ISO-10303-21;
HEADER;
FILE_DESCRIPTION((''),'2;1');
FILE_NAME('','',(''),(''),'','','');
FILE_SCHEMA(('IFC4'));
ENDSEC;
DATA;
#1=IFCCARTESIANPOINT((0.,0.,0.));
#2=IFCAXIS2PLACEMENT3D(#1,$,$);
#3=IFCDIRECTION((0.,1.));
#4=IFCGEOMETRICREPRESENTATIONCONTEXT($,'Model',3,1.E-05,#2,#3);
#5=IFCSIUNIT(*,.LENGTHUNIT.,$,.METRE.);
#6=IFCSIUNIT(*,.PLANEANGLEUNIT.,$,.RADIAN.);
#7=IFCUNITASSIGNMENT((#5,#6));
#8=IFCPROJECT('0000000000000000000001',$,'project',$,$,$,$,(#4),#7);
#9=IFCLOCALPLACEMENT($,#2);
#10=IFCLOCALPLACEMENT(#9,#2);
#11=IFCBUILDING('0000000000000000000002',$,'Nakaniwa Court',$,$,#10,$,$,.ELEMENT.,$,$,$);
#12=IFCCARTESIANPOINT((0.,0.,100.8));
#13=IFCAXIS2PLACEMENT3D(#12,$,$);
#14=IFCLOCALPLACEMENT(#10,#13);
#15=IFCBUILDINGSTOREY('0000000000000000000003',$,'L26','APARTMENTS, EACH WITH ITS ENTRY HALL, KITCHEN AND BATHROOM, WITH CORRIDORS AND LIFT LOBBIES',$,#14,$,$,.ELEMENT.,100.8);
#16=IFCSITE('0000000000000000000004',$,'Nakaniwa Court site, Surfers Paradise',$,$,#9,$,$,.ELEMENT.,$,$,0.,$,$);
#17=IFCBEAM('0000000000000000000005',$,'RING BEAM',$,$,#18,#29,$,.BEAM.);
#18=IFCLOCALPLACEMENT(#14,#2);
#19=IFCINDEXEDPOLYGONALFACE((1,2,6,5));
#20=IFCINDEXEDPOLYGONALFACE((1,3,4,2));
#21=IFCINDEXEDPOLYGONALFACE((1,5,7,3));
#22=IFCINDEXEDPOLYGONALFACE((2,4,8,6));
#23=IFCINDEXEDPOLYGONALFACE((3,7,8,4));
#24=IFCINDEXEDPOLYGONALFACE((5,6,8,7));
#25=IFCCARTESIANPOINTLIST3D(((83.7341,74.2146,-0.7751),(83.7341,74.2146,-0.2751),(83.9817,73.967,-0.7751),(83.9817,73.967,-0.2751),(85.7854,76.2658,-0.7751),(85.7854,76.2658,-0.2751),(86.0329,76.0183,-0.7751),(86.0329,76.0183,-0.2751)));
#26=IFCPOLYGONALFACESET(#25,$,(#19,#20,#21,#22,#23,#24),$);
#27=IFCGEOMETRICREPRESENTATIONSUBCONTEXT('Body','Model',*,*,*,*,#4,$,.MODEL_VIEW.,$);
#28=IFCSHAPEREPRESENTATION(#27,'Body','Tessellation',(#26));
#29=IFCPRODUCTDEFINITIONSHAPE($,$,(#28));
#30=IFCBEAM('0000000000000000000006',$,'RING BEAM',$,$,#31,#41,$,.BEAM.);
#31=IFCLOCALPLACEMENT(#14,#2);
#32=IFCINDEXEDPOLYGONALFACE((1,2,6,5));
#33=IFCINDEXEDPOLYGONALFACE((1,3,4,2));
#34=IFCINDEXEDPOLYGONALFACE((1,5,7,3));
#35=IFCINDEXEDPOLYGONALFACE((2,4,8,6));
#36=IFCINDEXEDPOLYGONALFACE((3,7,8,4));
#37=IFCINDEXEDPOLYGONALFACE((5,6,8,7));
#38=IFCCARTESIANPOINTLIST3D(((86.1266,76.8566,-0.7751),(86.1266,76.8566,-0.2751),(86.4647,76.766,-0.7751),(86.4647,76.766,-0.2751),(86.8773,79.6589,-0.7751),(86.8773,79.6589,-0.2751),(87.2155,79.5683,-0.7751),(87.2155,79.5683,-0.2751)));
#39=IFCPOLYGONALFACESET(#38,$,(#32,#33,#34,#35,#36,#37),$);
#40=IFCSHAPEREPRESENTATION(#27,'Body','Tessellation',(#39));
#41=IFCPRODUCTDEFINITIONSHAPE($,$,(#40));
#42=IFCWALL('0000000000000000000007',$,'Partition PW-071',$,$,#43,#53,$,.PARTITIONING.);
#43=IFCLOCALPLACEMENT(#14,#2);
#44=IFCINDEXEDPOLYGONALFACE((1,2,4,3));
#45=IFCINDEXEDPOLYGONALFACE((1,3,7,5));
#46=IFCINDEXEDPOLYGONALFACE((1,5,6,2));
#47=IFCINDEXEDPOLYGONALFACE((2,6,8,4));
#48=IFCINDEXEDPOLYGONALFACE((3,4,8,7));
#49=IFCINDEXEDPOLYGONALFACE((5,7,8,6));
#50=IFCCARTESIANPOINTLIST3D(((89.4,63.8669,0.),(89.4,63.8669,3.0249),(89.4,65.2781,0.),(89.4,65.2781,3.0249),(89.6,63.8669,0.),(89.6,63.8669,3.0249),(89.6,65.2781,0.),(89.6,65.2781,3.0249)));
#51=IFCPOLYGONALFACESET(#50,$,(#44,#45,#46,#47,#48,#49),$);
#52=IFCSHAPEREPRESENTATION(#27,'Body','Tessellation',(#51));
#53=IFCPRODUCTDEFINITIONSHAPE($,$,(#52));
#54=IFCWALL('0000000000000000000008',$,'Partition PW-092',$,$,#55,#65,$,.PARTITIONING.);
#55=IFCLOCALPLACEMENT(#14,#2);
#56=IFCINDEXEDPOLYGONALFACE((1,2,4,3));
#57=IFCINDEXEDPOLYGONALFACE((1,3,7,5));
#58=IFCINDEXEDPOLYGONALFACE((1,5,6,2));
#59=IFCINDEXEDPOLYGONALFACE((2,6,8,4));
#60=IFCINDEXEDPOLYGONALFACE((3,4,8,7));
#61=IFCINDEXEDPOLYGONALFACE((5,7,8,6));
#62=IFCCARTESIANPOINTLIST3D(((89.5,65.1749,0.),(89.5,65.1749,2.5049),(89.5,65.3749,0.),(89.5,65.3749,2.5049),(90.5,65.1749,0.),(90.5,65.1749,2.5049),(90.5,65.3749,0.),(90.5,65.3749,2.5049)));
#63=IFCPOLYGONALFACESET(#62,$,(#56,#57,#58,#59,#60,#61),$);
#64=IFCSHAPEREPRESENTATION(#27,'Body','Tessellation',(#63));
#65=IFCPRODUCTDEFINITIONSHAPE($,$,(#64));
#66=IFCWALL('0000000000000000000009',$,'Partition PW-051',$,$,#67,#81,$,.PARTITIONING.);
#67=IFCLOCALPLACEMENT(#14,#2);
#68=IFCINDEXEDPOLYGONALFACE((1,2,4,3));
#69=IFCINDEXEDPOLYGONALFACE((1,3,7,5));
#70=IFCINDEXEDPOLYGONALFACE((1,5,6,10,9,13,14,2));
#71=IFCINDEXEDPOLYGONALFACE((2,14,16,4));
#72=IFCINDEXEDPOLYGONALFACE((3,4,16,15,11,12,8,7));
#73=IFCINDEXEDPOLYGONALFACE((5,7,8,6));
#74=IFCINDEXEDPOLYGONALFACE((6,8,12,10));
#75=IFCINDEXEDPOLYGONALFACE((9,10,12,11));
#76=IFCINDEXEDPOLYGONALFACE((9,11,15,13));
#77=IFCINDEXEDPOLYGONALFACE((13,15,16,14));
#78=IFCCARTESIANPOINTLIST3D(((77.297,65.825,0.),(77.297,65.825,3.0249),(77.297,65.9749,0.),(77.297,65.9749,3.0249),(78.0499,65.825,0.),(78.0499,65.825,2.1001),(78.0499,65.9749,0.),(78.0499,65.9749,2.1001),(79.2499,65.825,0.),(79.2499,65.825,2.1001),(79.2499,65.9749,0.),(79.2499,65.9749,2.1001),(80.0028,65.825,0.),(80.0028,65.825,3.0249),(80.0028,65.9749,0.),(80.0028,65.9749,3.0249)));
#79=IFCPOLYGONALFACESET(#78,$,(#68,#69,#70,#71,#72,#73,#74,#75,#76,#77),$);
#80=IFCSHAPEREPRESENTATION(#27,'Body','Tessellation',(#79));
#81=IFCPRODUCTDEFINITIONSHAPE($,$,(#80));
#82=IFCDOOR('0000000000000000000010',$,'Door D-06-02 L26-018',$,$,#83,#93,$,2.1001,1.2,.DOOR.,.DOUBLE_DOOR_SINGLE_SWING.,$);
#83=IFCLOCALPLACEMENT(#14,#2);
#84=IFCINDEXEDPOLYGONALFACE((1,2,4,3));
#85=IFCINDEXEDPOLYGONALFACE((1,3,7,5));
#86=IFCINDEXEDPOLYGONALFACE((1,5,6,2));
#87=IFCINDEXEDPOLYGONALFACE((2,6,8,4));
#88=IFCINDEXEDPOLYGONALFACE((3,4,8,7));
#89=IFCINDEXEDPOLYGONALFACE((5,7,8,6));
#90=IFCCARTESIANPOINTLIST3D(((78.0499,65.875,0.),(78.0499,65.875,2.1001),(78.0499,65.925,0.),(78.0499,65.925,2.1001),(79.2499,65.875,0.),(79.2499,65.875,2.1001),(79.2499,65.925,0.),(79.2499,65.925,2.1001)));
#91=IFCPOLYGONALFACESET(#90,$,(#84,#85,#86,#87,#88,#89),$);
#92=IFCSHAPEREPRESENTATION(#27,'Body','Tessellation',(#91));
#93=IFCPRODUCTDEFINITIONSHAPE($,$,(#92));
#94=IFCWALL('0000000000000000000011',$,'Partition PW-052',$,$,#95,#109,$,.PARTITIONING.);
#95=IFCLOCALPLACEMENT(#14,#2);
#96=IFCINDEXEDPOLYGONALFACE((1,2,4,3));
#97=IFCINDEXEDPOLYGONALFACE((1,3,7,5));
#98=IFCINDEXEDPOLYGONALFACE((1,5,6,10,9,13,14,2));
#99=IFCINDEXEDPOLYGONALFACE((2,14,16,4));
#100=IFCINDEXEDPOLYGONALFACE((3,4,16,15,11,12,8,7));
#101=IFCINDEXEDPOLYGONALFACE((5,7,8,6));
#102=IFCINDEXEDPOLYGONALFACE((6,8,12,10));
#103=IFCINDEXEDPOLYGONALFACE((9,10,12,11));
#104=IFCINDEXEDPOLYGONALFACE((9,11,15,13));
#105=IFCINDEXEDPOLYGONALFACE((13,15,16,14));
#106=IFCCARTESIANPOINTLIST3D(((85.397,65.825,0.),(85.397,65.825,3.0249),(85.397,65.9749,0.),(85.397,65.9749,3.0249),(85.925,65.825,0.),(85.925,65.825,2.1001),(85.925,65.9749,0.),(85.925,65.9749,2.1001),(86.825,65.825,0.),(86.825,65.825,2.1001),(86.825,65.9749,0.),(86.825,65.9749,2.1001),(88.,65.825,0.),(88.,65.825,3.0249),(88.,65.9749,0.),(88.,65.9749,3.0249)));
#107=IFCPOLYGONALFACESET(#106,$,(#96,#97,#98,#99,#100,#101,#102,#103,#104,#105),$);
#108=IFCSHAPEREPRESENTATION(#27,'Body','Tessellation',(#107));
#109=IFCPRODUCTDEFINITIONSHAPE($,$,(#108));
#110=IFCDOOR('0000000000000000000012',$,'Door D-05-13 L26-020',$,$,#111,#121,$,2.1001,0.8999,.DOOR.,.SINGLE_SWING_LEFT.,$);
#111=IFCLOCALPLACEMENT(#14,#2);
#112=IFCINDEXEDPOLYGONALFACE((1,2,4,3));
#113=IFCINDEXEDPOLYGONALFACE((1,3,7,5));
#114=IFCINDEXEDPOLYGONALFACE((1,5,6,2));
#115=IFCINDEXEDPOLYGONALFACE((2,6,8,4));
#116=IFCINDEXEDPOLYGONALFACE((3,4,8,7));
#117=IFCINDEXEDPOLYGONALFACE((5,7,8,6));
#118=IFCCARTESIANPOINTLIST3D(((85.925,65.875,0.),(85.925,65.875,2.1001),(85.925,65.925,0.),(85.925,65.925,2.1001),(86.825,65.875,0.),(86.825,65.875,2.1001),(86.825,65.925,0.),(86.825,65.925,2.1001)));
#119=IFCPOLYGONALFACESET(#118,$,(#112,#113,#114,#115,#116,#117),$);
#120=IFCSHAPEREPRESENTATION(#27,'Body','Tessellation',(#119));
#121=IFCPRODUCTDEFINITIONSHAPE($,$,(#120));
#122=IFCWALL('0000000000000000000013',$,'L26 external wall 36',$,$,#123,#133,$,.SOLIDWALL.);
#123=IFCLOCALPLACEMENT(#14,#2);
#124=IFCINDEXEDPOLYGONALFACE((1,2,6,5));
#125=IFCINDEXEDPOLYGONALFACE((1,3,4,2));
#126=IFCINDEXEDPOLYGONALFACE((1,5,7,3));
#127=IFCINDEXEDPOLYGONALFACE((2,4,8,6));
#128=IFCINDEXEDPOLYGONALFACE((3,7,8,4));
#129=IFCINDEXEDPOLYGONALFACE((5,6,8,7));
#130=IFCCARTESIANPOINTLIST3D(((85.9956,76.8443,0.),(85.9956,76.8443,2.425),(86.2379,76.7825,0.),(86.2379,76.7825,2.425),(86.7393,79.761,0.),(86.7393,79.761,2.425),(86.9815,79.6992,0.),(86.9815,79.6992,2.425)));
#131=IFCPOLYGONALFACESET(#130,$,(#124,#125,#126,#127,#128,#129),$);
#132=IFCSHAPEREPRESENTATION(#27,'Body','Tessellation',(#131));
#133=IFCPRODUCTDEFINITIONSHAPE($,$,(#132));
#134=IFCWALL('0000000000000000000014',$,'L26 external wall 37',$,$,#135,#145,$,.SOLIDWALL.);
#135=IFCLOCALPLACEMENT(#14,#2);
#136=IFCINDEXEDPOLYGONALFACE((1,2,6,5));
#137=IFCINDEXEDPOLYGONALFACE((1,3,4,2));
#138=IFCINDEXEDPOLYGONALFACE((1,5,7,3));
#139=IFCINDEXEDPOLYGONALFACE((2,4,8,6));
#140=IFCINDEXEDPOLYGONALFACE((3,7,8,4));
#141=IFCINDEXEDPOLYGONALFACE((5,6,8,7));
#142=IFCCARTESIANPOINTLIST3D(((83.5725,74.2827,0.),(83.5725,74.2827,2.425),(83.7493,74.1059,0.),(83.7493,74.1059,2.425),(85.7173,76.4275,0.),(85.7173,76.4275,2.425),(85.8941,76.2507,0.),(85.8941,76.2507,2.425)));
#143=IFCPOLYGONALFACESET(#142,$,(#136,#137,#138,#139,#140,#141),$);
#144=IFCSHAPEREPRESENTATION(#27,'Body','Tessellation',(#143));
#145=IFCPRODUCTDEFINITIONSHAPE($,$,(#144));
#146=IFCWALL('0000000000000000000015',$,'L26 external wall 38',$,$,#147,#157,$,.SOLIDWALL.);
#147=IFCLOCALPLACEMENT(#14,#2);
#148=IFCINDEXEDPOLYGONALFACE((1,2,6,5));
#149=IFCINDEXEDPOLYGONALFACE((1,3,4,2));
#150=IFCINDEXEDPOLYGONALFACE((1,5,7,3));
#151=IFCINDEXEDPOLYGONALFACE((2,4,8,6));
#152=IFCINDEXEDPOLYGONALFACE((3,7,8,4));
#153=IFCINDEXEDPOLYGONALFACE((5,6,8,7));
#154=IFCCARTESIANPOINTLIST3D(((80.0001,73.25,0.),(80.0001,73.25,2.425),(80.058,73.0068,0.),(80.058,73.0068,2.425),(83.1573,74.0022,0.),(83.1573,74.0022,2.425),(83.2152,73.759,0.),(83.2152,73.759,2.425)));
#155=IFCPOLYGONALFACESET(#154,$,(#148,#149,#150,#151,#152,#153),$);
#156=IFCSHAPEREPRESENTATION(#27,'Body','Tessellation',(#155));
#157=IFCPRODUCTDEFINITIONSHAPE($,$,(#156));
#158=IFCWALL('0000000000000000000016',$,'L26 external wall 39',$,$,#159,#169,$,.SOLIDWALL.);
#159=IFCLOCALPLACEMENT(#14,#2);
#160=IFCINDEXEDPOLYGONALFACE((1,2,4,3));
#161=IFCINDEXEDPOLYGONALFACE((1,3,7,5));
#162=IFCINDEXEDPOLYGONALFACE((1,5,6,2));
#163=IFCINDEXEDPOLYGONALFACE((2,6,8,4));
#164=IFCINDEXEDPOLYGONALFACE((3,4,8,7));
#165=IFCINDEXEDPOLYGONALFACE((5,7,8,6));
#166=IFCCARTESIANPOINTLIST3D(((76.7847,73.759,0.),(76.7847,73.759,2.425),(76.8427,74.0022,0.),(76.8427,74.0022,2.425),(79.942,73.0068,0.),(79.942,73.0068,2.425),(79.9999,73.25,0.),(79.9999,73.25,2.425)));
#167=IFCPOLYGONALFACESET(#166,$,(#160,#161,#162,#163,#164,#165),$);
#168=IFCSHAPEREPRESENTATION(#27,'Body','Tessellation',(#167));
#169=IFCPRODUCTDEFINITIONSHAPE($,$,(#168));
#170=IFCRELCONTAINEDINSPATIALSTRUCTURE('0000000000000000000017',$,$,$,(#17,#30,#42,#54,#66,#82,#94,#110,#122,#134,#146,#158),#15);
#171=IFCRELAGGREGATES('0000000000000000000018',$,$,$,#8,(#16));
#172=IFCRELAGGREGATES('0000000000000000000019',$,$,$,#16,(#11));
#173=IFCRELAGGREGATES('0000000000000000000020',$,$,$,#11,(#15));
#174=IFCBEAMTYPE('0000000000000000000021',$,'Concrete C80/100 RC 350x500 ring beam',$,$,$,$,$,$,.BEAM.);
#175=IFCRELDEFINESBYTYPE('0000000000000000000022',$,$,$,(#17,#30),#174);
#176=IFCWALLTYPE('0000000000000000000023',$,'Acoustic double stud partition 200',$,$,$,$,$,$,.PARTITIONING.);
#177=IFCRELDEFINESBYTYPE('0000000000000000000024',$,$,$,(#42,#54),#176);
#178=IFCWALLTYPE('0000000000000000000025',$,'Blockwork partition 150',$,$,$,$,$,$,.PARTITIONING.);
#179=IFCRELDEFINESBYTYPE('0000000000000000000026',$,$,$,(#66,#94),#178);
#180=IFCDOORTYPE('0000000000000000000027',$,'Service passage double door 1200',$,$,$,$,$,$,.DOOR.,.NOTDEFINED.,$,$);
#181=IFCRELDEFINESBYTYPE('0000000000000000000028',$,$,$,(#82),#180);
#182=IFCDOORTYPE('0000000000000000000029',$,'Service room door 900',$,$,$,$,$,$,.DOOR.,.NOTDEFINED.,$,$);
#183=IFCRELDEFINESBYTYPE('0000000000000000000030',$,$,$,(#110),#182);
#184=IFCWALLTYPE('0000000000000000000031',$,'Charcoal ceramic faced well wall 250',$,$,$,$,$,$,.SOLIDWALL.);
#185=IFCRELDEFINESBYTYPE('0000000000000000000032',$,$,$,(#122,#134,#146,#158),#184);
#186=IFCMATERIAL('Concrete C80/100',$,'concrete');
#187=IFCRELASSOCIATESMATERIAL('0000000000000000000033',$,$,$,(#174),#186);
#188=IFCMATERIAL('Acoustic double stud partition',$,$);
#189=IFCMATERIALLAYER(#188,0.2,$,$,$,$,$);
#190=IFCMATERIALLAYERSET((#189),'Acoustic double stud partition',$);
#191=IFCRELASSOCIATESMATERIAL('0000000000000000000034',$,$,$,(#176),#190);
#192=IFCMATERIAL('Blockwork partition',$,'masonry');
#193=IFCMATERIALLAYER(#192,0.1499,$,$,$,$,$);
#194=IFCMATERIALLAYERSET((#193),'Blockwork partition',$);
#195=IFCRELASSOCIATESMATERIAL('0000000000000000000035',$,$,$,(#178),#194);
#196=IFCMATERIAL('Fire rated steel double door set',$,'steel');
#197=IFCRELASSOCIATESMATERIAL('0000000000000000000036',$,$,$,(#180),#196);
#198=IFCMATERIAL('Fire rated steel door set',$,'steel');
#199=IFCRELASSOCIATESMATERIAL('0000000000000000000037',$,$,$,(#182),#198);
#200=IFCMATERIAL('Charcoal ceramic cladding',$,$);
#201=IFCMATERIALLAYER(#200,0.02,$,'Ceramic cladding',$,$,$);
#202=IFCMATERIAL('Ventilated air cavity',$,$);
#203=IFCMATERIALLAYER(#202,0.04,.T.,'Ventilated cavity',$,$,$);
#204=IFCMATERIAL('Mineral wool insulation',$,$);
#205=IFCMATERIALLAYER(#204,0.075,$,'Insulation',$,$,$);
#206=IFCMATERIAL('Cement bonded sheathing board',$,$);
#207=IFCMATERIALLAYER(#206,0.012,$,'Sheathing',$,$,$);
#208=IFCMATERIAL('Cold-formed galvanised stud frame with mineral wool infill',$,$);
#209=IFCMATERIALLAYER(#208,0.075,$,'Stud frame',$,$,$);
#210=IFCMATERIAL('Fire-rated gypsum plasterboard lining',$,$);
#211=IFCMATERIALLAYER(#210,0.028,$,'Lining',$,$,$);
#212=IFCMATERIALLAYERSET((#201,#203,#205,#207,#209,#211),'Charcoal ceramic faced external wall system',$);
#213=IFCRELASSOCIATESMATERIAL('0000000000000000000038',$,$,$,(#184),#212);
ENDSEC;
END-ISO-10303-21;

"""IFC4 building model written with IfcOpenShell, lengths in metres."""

from ifc_helpers import new_model, si_unit, direction, frame, frame_2d, origin, origin_2d, place, context, subcontext, project, spatial, rectangle, extrude, material, layer, layer_set, material_profile, profile_set, type_object, element, fill, save


model = new_model("IFC4")

# Units and contexts
model_context = context("Model", 3, precision=1e-05, world=origin(), true_north=direction((0.0, 1.0)))
body_context = subcontext(model_context, "Body", "Model", "MODEL_VIEW")
ifc_project = project(units=[si_unit("LENGTHUNIT", "METRE"), si_unit("PLANEANGLEUNIT", "RADIAN")], contexts=[model_context])

# Site, building, storey
site_placement = place(None, origin())
site = spatial("IfcSite", under=ifc_project, at=site_placement, Name="Nakaniwa Court site, Surfers Paradise", CompositionType="ELEMENT", RefElevation=0.0)
building_placement = place(site_placement, origin())
building = spatial("IfcBuilding", under=site, at=building_placement, Name="Nakaniwa Court", CompositionType="ELEMENT")
storey_placement = place(building_placement, frame((0.0, 0.0, 100.8)))
storey = spatial("IfcBuildingStorey", under=building, at=storey_placement, Name="L26", Description="APARTMENTS, EACH WITH ITS ENTRY HALL, KITCHEN AND BATHROOM, WITH CORRIDORS AND LIFT LOBBIES", CompositionType="ELEMENT", Elevation=100.8)

# Shared definitions
ifc_material_1 = material(Name="Concrete C80/100", Category="concrete")

# Beams
ifc_material_profile_1 = material_profile(ifc_material_1, rectangle(XDim=0.3501, YDim=0.5, at=origin_2d()), Name="Concrete C80/100 RC 350x500 ring beam")
ifc_profile_set_1 = profile_set([ifc_material_profile_1], Name="Concrete C80/100")
beam_type = type_object("IfcBeamType", Name="Concrete C80/100 RC 350x500 ring beam", PredefinedType="BEAM", material=ifc_profile_set_1)
beam_1_placement = place(storey_placement, frame((83.8579, 74.0908, -0.5251), z_axis=(0.707107, 0.707107, 0.0), x_axis=(-0.707107, 0.707107, 0.0)))
element("IfcBeam", 1, at=beam_1_placement, inside=storey, type_object=beam_type, Name="RING BEAM", PredefinedType="BEAM", context=body_context, shape_type="SweptSolid", body=[
    extrude(rectangle(XDim=0.3501, YDim=0.5, at=origin_2d()), origin(), (0.0, 0.0, 1.0), 2.9009),
])
beam_2_placement = place(storey_placement, frame((86.2957, 76.8113, -0.5251), z_axis=(0.258778, 0.965937, 0.0), x_axis=(-0.965937, 0.258778, 0.0)))
element("IfcBeam", 2, at=beam_2_placement, inside=storey, type_object=beam_type, Name="RING BEAM", PredefinedType="BEAM", context=body_context, shape_type="SweptSolid", body=[
    extrude(rectangle(XDim=0.3501, YDim=0.5, at=origin_2d()), origin(), (0.0, 0.0, 1.0), 2.9011),
])

# Walls
ifc_material_2 = material(Name="Acoustic double stud partition")
ifc_layer_1 = layer(ifc_material_2, 0.2)
ifc_layer_set_1 = layer_set([ifc_layer_1], Name="Acoustic double stud partition")
wall_type_1 = type_object("IfcWallType", Name="Acoustic double stud partition 200", PredefinedType="PARTITIONING", material=ifc_layer_set_1)
wall_1_placement = place(storey_placement, frame((89.5, 63.8669, 0.0), z_axis=(0.0, 0.0, 1.0), x_axis=(0.0, 1.0, 0.0)))
element("IfcWall", 3, at=wall_1_placement, inside=storey, type_object=wall_type_1, Name="Partition PW-071", PredefinedType="PARTITIONING", context=body_context, shape_type="SweptSolid", body=[
    extrude(rectangle(XDim=1.4111, YDim=0.2, at=frame_2d((0.7056, 0.0))), origin(), (0.0, 0.0, 1.0), 3.0249),
])
wall_2_placement = place(storey_placement, frame((89.5, 65.2749, 0.0), z_axis=(0.0, 0.0, 1.0), x_axis=(1.0, 0.0, 0.0)))
element("IfcWall", 4, at=wall_2_placement, inside=storey, type_object=wall_type_1, Name="Partition PW-092", PredefinedType="PARTITIONING", context=body_context, shape_type="SweptSolid", body=[
    extrude(rectangle(XDim=1.0, YDim=0.2, at=frame_2d((0.5, 0.0))), origin(), (0.0, 0.0, 1.0), 2.5049),
])

# Walls, openings, doors
ifc_material_3 = material(Name="Blockwork partition", Category="masonry")
ifc_layer_2 = layer(ifc_material_3, 0.1499)
ifc_layer_set_2 = layer_set([ifc_layer_2], Name="Blockwork partition")
wall_type_2 = type_object("IfcWallType", Name="Blockwork partition 150", PredefinedType="PARTITIONING", material=ifc_layer_set_2)
wall_3_placement = place(storey_placement, frame((80.0029, 65.8999, 0.0), z_axis=(0.0, 0.0, 1.0), x_axis=(-1.0, 0.0, 0.0)))
wall_3 = element("IfcWall", 5, at=wall_3_placement, inside=storey, type_object=wall_type_2, Name="Partition PW-051", PredefinedType="PARTITIONING", context=body_context, shape_type="SweptSolid", body=[
    extrude(rectangle(XDim=2.7058, YDim=0.1499, at=frame_2d((1.353, 0.0))), origin(), (0.0, 0.0, 1.0), 3.0249),
])
opening_1_placement = place(wall_3_placement, frame((0.7529, 0.0, 0.0)))
opening_1 = element("IfcOpeningElement", 6, at=opening_1_placement, cuts=wall_3, PredefinedType="OPENING", context=body_context, shape_type="SweptSolid", body=[
    extrude(rectangle(XDim=1.2, YDim=2.1001, at=frame_2d((0.6001, 1.05))), frame((0.0, 0.085, 0.0), z_axis=(0.0, -1.0, 0.0), x_axis=(1.0, 0.0, 0.0)), (0.0, 0.0, 1.0), 0.1699),
])
ifc_material_4 = material(Name="Fire rated steel double door set", Category="steel")
door_type_1 = type_object("IfcDoorType", Name="Service passage double door 1200", OperationType="NOTDEFINED", PredefinedType="DOOR", material=ifc_material_4)
door_1_placement = place(opening_1_placement, origin())
door_1 = element("IfcDoor", 7, at=door_1_placement, inside=storey, type_object=door_type_1, Name="Door D-06-02 L26-018", OperationType="DOUBLE_DOOR_SINGLE_SWING", OverallHeight=2.1001, OverallWidth=1.2, PredefinedType="DOOR", context=body_context, shape_type="SweptSolid", body=[
    extrude(rectangle(XDim=1.2, YDim=2.1001, at=frame_2d((0.6001, 1.05))), frame((0.0, 0.0249, 0.0), z_axis=(0.0, -1.0, 0.0), x_axis=(1.0, 0.0, 0.0)), (0.0, 0.0, 1.0), 0.05),
])
fill(opening_1, door_1)
wall_4_placement = place(storey_placement, frame((88.0, 65.8999, 0.0), z_axis=(0.0, 0.0, 1.0), x_axis=(-1.0, 0.0, 0.0)))
wall_4 = element("IfcWall", 8, at=wall_4_placement, inside=storey, type_object=wall_type_2, Name="Partition PW-052", PredefinedType="PARTITIONING", context=body_context, shape_type="SweptSolid", body=[
    extrude(rectangle(XDim=2.603, YDim=0.1499, at=frame_2d((1.3015, 0.0))), origin(), (0.0, 0.0, 1.0), 3.0249),
])
opening_2_placement = place(wall_4_placement, frame((1.175, 0.0, 0.0)))
opening_2 = element("IfcOpeningElement", 9, at=opening_2_placement, cuts=wall_4, PredefinedType="OPENING", context=body_context, shape_type="SweptSolid", body=[
    extrude(rectangle(XDim=0.8999, YDim=2.1001, at=frame_2d((0.45, 1.05))), frame((0.0, 0.085, 0.0), z_axis=(0.0, -1.0, 0.0), x_axis=(1.0, 0.0, 0.0)), (0.0, 0.0, 1.0), 0.1699),
])
ifc_material_5 = material(Name="Fire rated steel door set", Category="steel")
door_type_2 = type_object("IfcDoorType", Name="Service room door 900", OperationType="NOTDEFINED", PredefinedType="DOOR", material=ifc_material_5)
door_2_placement = place(opening_2_placement, origin())
door_2 = element("IfcDoor", 10, at=door_2_placement, inside=storey, type_object=door_type_2, Name="Door D-05-13 L26-020", OperationType="SINGLE_SWING_LEFT", OverallHeight=2.1001, OverallWidth=0.8999, PredefinedType="DOOR", context=body_context, shape_type="SweptSolid", body=[
    extrude(rectangle(XDim=0.8999, YDim=2.1001, at=frame_2d((0.45, 1.05))), frame((0.0, 0.0249, 0.0), z_axis=(0.0, -1.0, 0.0), x_axis=(1.0, 0.0, 0.0)), (0.0, 0.0, 1.0), 0.05),
])
fill(opening_2, door_2)

# Walls
ifc_material_6 = material(Name="Charcoal ceramic cladding")
ifc_layer_3 = layer(ifc_material_6, 0.02, Name="Ceramic cladding")
ifc_material_7 = material(Name="Ventilated air cavity")
ifc_layer_4 = layer(ifc_material_7, 0.04, ventilated=True, Name="Ventilated cavity")
ifc_material_8 = material(Name="Mineral wool insulation")
ifc_layer_5 = layer(ifc_material_8, 0.075, Name="Insulation")
ifc_material_9 = material(Name="Cement bonded sheathing board")
ifc_layer_6 = layer(ifc_material_9, 0.012, Name="Sheathing")
ifc_material_10 = material(Name="Cold-formed galvanised stud frame with mineral wool infill")
ifc_layer_7 = layer(ifc_material_10, 0.075, Name="Stud frame")
ifc_material_11 = material(Name="Fire-rated gypsum plasterboard lining")
ifc_layer_8 = layer(ifc_material_11, 0.028, Name="Lining")
ifc_layer_set_3 = layer_set([ifc_layer_3, ifc_layer_4, ifc_layer_5, ifc_layer_6, ifc_layer_7, ifc_layer_8], Name="Charcoal ceramic faced external wall system")
wall_type_3 = type_object("IfcWallType", Name="Charcoal ceramic faced well wall 250", PredefinedType="SOLIDWALL", material=ifc_layer_set_3)
wall_5_placement = place(storey_placement, frame((86.8604, 79.73, 0.0), z_axis=(0.0, 0.0, 1.0), x_axis=(-0.247056, -0.969001, 0.0)))
element("IfcWall", 11, at=wall_5_placement, inside=storey, type_object=wall_type_3, Name="L26 external wall 36", PredefinedType="SOLIDWALL", context=body_context, shape_type="SweptSolid", body=[
    extrude(rectangle(XDim=3.01, YDim=0.25, at=frame_2d((1.5049, 0.0))), origin(), (0.0, 0.0, 1.0), 2.425),
])
wall_6_placement = place(storey_placement, frame((85.8057, 76.3391, 0.0), z_axis=(0.0, 0.0, 1.0), x_axis=(-0.707107, -0.707107, 0.0)))
element("IfcWall", 12, at=wall_6_placement, inside=storey, type_object=wall_type_3, Name="L26 external wall 37", PredefinedType="SOLIDWALL", context=body_context, shape_type="SweptSolid", body=[
    extrude(rectangle(XDim=3.0332, YDim=0.25, at=frame_2d((1.5166, 0.0))), origin(), (0.0, 0.0, 1.0), 2.425),
])
for number, where, z_axis, x_axis, name in (
    (13, (83.1863, 73.8806, 0.0), (0.0, 0.0, 1.0), (-0.972773, -0.23176, 0.0), "L26 external wall 38"),
    (14, (79.9709, 73.1284, 0.0), (0.0, 0.0, 1.0), (-0.972773, 0.23176, 0.0), "L26 external wall 39"),
):
    element("IfcWall", number, at=place(storey_placement, frame(where, z_axis=z_axis, x_axis=x_axis)), inside=storey, type_object=wall_type_3, Name=name, PredefinedType="SOLIDWALL", context=body_context, shape_type="SweptSolid", body=[
        extrude(rectangle(XDim=3.2456, YDim=0.25, at=frame_2d((1.6228, 0.0))), origin(), (0.0, 0.0, 1.0), 2.425),
    ])

save(model, "model.ifc")
